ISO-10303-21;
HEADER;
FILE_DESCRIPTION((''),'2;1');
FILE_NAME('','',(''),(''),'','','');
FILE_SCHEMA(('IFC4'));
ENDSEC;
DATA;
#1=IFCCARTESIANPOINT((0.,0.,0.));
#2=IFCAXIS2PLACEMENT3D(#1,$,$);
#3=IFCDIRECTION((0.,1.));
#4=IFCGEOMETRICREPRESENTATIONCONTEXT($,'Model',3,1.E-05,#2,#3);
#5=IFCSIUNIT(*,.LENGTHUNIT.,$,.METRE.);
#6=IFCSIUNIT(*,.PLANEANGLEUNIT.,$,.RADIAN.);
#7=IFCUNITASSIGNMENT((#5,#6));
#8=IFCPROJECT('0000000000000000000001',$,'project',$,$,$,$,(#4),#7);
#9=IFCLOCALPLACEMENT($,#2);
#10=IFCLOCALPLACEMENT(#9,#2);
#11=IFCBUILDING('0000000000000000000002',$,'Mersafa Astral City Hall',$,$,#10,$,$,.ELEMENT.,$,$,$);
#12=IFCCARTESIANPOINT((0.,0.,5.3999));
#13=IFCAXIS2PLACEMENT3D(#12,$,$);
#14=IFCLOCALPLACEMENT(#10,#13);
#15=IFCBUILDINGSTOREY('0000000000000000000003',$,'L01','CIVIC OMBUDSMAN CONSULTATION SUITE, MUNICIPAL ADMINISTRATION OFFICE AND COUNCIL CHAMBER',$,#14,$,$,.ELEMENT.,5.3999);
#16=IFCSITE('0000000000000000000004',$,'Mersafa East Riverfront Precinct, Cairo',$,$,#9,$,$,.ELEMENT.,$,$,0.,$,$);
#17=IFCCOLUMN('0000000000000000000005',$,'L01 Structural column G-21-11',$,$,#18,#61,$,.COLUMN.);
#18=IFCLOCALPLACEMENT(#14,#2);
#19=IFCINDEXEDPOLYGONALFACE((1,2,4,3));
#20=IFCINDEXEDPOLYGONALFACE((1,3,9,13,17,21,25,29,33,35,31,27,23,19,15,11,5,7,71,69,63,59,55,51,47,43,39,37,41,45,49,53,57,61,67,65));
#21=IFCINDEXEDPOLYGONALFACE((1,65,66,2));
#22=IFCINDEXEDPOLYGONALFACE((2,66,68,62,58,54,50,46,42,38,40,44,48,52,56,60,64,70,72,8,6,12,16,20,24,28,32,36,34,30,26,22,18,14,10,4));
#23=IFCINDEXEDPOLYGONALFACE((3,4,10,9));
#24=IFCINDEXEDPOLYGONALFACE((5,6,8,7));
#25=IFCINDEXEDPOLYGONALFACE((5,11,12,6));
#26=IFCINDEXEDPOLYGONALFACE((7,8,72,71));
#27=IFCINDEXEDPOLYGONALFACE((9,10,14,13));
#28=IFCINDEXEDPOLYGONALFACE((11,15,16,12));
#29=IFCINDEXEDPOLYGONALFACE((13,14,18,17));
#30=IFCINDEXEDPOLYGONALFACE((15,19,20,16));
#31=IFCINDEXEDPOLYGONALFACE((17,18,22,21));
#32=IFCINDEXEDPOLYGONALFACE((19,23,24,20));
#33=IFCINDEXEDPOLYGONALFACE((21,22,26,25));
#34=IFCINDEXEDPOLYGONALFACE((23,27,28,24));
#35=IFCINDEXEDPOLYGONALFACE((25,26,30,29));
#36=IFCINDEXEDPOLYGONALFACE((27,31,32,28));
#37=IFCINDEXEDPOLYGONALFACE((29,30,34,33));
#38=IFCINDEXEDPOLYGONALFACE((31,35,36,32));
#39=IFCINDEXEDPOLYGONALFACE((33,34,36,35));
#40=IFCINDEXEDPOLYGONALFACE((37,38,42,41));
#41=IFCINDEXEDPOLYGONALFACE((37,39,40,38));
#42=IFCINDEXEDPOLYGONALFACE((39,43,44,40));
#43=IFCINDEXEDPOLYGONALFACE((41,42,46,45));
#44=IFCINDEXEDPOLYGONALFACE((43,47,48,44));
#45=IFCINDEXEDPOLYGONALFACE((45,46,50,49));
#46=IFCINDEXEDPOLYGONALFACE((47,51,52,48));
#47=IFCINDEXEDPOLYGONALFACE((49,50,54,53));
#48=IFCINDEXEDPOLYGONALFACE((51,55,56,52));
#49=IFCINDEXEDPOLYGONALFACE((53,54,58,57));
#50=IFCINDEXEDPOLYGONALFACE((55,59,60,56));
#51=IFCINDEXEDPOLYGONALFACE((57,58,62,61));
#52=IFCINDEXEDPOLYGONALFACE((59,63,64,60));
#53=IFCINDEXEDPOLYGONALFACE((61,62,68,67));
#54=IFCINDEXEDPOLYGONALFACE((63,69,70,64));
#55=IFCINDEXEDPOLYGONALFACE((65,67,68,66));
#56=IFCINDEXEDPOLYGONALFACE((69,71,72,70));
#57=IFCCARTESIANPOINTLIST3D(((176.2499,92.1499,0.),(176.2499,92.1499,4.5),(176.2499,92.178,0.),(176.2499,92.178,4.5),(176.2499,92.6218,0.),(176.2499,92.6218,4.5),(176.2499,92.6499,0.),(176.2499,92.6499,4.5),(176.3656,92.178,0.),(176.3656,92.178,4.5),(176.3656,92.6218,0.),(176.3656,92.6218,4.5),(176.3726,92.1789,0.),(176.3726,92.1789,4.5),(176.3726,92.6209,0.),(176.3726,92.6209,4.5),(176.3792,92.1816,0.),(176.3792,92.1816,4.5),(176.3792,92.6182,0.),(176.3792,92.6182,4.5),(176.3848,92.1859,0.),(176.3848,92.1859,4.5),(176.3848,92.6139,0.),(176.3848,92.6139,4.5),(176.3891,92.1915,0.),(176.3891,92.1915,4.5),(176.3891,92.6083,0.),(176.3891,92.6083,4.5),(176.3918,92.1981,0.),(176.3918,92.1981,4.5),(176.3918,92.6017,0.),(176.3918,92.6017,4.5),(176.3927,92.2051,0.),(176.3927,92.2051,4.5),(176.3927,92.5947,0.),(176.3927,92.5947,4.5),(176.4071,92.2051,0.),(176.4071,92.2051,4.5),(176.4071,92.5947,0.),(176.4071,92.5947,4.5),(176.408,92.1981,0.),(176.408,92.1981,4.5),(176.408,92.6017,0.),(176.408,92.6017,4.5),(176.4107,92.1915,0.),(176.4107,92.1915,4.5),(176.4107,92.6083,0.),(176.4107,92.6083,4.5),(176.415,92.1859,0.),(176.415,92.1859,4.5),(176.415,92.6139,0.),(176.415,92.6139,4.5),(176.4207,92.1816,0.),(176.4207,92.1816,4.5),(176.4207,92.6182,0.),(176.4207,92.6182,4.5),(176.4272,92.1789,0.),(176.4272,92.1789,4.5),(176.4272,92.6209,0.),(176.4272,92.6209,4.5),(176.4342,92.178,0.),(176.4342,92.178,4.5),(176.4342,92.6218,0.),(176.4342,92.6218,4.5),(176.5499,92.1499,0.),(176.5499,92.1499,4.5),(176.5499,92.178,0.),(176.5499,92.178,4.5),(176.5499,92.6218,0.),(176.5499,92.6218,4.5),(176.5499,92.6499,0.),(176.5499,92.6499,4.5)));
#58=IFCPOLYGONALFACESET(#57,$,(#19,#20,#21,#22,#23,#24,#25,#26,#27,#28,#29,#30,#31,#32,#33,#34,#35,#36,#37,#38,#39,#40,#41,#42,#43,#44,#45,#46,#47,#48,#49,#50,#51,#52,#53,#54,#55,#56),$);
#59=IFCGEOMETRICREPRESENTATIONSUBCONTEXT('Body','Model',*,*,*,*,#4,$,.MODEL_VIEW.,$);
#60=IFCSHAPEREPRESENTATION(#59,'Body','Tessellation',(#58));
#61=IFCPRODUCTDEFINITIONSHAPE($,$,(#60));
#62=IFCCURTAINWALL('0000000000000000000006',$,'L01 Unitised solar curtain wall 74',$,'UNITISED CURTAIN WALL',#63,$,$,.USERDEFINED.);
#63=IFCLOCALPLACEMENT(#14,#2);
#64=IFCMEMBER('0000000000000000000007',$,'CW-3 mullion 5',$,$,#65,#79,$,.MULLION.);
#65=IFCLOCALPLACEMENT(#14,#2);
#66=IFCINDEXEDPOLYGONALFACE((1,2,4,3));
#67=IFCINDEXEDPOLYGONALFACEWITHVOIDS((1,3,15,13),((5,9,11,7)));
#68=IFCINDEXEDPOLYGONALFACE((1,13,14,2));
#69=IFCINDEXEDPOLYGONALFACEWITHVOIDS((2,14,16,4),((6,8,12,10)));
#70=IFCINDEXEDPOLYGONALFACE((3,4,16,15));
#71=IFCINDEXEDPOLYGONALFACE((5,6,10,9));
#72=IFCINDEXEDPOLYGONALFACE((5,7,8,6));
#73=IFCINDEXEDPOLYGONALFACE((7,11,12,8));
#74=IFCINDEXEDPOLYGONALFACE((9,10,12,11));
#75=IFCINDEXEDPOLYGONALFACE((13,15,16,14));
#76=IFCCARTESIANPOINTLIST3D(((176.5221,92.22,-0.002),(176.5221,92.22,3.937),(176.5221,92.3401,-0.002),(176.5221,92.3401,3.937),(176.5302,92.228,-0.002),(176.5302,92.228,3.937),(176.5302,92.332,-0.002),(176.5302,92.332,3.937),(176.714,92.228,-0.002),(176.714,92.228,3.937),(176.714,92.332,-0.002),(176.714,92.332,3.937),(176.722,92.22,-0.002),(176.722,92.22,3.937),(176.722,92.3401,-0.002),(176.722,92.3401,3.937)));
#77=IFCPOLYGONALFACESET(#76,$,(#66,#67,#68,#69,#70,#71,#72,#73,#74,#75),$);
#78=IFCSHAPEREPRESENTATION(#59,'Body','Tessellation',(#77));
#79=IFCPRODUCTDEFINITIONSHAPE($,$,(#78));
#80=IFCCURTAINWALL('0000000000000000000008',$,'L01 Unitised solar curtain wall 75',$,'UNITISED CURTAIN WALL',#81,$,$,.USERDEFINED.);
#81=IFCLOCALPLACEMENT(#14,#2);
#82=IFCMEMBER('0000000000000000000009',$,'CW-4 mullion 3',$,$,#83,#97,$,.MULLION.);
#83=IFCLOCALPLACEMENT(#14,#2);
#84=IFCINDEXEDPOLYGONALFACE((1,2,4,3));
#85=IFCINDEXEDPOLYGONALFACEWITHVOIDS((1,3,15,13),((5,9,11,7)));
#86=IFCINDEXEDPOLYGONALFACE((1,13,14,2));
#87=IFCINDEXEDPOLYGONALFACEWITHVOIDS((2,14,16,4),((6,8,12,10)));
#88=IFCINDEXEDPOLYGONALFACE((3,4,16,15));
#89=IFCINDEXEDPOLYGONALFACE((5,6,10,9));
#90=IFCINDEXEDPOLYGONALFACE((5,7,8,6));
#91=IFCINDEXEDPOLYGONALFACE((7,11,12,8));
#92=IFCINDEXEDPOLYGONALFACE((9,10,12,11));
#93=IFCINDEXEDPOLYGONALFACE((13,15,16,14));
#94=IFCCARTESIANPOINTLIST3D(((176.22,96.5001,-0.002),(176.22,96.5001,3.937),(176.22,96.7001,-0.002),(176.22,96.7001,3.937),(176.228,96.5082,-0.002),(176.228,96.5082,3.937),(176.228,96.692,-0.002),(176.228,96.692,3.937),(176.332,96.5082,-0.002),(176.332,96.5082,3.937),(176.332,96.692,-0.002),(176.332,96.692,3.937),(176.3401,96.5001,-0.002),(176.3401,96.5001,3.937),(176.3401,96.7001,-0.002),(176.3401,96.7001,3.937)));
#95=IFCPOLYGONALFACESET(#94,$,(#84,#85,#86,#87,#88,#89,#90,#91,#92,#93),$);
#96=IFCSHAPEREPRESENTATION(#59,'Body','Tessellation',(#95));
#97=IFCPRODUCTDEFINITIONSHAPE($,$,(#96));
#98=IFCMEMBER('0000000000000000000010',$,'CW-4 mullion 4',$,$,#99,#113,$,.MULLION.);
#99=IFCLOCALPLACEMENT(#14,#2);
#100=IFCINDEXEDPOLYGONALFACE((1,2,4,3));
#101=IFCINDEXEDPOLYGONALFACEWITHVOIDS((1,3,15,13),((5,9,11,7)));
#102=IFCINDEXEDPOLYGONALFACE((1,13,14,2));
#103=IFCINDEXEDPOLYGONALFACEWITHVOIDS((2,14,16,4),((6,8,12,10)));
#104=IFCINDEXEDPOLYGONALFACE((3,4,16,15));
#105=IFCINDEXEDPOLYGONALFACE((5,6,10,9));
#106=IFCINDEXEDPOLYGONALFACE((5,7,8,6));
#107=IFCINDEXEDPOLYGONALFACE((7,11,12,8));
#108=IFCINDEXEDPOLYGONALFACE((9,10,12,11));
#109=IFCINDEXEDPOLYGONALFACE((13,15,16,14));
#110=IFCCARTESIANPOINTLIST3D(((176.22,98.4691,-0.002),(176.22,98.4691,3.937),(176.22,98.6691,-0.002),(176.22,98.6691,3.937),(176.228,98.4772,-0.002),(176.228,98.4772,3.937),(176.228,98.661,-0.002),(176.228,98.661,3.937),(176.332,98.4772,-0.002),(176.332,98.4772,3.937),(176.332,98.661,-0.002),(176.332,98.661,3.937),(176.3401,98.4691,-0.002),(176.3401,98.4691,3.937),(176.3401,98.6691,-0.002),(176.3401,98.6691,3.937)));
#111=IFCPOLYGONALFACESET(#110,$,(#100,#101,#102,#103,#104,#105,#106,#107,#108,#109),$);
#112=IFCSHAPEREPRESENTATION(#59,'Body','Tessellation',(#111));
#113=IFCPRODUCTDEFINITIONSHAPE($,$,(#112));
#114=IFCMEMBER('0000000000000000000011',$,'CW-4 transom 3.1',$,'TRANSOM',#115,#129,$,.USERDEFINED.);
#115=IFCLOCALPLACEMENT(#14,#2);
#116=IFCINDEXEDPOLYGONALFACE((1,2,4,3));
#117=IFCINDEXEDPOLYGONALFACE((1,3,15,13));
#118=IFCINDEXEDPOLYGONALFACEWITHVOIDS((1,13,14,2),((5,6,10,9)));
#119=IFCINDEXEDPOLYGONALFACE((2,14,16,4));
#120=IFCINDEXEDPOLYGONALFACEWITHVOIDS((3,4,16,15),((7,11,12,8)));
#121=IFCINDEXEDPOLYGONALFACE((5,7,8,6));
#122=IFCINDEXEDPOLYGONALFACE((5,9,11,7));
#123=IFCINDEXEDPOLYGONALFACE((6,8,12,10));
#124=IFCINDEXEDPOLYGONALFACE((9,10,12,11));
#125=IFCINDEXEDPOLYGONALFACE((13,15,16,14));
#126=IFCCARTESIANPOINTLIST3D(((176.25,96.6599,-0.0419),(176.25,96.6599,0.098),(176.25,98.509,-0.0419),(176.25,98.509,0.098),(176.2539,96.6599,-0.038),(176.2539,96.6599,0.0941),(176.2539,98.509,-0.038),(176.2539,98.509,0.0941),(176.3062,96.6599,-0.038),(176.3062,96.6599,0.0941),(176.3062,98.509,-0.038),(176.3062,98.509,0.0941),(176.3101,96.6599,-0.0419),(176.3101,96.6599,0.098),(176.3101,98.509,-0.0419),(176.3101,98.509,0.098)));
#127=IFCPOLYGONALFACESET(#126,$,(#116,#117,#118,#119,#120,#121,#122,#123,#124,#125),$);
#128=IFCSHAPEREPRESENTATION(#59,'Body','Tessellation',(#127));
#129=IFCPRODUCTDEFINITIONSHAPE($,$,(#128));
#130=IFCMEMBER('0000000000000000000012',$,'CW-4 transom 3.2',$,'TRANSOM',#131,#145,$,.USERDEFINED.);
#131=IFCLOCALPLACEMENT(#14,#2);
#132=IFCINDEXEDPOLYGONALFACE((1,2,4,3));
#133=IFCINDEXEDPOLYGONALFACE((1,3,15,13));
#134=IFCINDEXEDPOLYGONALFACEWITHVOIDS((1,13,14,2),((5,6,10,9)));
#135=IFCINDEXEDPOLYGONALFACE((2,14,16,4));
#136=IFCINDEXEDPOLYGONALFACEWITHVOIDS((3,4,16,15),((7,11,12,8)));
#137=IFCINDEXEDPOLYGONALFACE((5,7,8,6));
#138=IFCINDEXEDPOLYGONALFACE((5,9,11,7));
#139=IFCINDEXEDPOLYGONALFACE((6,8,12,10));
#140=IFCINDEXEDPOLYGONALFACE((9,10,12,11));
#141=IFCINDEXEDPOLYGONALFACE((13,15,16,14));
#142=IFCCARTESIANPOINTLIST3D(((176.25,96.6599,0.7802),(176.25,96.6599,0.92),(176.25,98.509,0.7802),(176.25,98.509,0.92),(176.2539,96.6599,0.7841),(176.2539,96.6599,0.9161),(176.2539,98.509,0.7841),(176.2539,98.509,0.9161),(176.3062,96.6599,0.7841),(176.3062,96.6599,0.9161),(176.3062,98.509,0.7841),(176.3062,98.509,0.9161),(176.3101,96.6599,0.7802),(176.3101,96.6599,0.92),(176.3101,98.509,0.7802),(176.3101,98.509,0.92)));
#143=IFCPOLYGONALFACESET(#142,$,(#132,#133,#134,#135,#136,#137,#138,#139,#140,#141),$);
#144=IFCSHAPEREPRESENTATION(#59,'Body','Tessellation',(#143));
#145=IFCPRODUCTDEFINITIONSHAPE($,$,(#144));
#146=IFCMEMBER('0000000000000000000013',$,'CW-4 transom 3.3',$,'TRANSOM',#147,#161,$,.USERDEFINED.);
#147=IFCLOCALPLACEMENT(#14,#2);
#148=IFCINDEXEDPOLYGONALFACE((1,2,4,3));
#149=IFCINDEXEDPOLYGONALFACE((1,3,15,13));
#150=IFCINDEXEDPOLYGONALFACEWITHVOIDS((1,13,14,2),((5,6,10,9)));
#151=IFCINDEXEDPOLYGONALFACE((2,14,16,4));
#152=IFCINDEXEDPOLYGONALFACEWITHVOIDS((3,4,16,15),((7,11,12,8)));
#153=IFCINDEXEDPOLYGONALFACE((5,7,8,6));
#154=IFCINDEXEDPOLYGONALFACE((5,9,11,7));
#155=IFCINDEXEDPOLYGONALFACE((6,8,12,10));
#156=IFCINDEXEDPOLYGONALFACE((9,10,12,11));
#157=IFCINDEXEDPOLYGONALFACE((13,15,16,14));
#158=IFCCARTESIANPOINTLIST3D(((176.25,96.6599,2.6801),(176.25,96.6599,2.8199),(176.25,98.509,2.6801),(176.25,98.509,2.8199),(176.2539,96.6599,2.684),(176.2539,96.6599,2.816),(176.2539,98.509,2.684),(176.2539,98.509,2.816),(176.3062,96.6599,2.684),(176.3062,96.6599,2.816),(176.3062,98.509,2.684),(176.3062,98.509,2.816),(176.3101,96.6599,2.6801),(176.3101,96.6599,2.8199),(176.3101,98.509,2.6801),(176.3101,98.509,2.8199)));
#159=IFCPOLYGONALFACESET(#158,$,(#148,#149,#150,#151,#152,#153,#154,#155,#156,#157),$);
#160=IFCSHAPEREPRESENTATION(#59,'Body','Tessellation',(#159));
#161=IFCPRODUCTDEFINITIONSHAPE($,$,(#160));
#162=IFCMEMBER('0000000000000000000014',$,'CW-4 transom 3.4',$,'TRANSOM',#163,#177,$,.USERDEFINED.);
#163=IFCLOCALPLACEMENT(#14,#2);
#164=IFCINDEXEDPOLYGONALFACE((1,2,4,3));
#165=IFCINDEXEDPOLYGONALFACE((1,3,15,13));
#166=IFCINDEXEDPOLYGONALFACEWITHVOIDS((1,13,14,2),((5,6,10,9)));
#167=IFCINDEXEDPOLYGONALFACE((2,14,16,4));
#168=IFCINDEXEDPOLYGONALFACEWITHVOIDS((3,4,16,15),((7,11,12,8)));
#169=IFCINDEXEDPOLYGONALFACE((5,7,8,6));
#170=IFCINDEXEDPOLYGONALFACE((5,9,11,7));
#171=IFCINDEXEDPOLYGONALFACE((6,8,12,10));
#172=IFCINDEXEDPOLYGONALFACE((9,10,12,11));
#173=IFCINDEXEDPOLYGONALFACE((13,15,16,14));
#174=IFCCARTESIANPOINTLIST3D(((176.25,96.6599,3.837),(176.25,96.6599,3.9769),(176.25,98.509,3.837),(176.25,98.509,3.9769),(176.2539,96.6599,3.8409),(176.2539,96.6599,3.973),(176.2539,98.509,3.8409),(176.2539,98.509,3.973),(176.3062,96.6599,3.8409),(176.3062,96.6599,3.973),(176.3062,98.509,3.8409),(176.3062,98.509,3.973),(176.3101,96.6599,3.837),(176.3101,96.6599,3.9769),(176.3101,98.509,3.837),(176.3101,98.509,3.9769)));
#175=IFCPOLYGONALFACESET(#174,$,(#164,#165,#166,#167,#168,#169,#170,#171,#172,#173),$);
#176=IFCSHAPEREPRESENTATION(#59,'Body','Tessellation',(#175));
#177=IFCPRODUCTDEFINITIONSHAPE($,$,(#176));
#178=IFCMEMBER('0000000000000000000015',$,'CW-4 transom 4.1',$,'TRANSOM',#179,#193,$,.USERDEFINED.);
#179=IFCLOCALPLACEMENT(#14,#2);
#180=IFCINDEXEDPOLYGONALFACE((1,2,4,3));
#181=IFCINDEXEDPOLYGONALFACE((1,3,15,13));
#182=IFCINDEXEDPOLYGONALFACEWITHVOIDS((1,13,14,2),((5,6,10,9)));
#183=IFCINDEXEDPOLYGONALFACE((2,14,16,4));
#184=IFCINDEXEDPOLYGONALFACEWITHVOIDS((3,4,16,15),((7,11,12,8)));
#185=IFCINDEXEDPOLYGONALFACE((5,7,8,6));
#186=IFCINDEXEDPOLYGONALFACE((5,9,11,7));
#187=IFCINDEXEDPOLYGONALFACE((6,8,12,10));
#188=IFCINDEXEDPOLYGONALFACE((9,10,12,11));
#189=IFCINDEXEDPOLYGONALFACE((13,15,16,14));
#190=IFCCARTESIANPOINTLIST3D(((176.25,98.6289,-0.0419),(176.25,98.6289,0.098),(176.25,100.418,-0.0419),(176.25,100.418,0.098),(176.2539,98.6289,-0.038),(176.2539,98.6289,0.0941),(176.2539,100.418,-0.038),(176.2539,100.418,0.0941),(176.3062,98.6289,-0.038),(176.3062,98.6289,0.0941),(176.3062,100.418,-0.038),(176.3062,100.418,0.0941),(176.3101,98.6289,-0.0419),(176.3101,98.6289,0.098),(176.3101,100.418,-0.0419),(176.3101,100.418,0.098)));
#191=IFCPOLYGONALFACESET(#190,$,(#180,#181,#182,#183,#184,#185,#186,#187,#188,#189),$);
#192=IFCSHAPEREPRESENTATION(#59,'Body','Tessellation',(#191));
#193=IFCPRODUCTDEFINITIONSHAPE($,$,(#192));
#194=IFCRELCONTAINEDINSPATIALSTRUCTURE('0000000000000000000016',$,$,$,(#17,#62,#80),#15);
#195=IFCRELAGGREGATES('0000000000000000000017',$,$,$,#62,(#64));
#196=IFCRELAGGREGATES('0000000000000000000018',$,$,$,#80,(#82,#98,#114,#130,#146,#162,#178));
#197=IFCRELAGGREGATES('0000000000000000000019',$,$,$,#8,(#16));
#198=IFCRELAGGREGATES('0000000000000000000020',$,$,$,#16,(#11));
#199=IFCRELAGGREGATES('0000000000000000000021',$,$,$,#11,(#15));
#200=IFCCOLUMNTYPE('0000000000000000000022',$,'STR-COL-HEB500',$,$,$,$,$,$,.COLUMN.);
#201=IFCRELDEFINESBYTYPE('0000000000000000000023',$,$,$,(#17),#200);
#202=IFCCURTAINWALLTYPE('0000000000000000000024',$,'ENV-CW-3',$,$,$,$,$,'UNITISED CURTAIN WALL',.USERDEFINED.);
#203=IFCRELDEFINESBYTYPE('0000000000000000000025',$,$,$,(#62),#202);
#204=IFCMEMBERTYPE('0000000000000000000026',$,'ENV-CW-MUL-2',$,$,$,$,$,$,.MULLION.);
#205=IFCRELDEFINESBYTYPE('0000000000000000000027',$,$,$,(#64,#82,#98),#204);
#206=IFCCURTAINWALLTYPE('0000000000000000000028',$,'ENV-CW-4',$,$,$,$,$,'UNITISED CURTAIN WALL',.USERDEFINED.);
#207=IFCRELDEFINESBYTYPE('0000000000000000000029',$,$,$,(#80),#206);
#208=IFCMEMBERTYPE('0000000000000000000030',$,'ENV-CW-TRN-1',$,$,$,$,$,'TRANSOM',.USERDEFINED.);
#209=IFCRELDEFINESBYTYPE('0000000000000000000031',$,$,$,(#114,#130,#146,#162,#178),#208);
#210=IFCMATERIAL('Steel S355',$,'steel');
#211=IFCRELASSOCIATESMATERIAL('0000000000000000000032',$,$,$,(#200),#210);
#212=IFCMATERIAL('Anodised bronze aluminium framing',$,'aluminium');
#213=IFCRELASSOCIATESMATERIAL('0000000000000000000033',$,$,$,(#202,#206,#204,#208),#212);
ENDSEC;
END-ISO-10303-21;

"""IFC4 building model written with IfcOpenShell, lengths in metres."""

from ifc_helpers import new_model, si_unit, direction, frame, origin, origin_2d, place, context, subcontext, project, spatial, hollow_rectangle, i_section, extrude, material, material_profile, profile_set, type_object, element, aggregate, save


model = new_model("IFC4")

# Units and contexts
model_context = context("Model", 3, precision=1e-05, world=origin(), true_north=direction((0.0, 1.0)))
body_context = subcontext(model_context, "Body", "Model", "MODEL_VIEW")
ifc_project = project(units=[si_unit("LENGTHUNIT", "METRE"), si_unit("PLANEANGLEUNIT", "RADIAN")], contexts=[model_context])

# Site, building, storey
site_placement = place(None, origin())
site = spatial("IfcSite", under=ifc_project, at=site_placement, Name="Mersafa East Riverfront Precinct, Cairo", CompositionType="ELEMENT", RefElevation=0.0)
building_placement = place(site_placement, origin())
building = spatial("IfcBuilding", under=site, at=building_placement, Name="Mersafa Astral City Hall", CompositionType="ELEMENT")
storey_placement = place(building_placement, frame((0.0, 0.0, 5.3999)))
storey = spatial("IfcBuildingStorey", under=building, at=storey_placement, Name="L01", Description="CIVIC OMBUDSMAN CONSULTATION SUITE, MUNICIPAL ADMINISTRATION OFFICE AND COUNCIL CHAMBER", CompositionType="ELEMENT", Elevation=5.3999)

# Column
ifc_material_1 = material(Name="Steel S355", Category="steel")
ifc_material_profile_1 = material_profile(ifc_material_1, i_section(OverallWidth=0.3, OverallDepth=0.5, WebThickness=0.0144, FlangeThickness=0.0281, FilletRadius=0.0271, at=origin_2d()), Name="HEB 500")
ifc_profile_set_1 = profile_set([ifc_material_profile_1], Name="Steel S355")
column_type = type_object("IfcColumnType", Name="STR-COL-HEB500", PredefinedType="COLUMN", material=ifc_profile_set_1)
column_placement = place(storey_placement, frame((176.3999, 92.3999, 0.0), z_axis=(0.0, 0.0, 1.0), x_axis=(1.0, 0.0, 0.0)))
element("IfcColumn", 1, at=column_placement, inside=storey, type_object=column_type, Name="L01 Structural column G-21-11", PredefinedType="COLUMN", context=body_context, shape_type="SweptSolid", body=[
    extrude(i_section(OverallWidth=0.3, OverallDepth=0.5, WebThickness=0.0144, FlangeThickness=0.0281, FilletRadius=0.0271, at=origin_2d()), origin(), (0.0, 0.0, 1.0), 4.5),
])

# Curtain wall, member
ifc_material_2 = material(Name="Anodised bronze aluminium framing", Category="aluminium")
curtain_wall_type_1 = type_object("IfcCurtainWallType", Name="ENV-CW-3", ElementType="UNITISED CURTAIN WALL", PredefinedType="USERDEFINED", material=ifc_material_2)
curtain_wall_1_placement = place(storey_placement, origin())
curtain_wall_1 = element("IfcCurtainWall", 2, at=curtain_wall_1_placement, inside=storey, type_object=curtain_wall_type_1, Name="L01 Unitised solar curtain wall 74", ObjectType="UNITISED CURTAIN WALL", PredefinedType="USERDEFINED")
ifc_material_profile_2 = material_profile(ifc_material_2, hollow_rectangle(XDim=0.1201, YDim=0.2, WallThickness=0.0081, at=origin_2d()), Name="RHS 120x200x8")
ifc_profile_set_2 = profile_set([ifc_material_profile_2], Name="Anodised bronze aluminium framing")
member_type_1 = type_object("IfcMemberType", Name="ENV-CW-MUL-2", PredefinedType="MULLION", material=ifc_profile_set_2)
member_1_placement = place(storey_placement, frame((176.6221, 92.28, -0.002), z_axis=(0.0, 0.0, 1.0), x_axis=(0.0, -1.0, 0.0)))
member_1 = element("IfcMember", 3, at=member_1_placement, type_object=member_type_1, Name="CW-3 mullion 5", PredefinedType="MULLION", context=body_context, shape_type="SweptSolid", body=[
    extrude(hollow_rectangle(XDim=0.1201, YDim=0.2, WallThickness=0.0081, at=origin_2d()), origin(), (0.0, 0.0, 1.0), 3.939),
])

# Curtain wall, members
curtain_wall_type_2 = type_object("IfcCurtainWallType", Name="ENV-CW-4", ElementType="UNITISED CURTAIN WALL", PredefinedType="USERDEFINED", material=ifc_material_2)
curtain_wall_2_placement = place(storey_placement, origin())
curtain_wall_2 = element("IfcCurtainWall", 4, at=curtain_wall_2_placement, inside=storey, type_object=curtain_wall_type_2, Name="L01 Unitised solar curtain wall 75", ObjectType="UNITISED CURTAIN WALL", PredefinedType="USERDEFINED")
member_2_placement = place(storey_placement, frame((176.28, 96.6001, -0.002), z_axis=(0.0, 0.0, 1.0), x_axis=(-1.0, 0.0, 0.0)))
member_2 = element("IfcMember", 5, at=member_2_placement, type_object=member_type_1, Name="CW-4 mullion 3", PredefinedType="MULLION", context=body_context, shape_type="SweptSolid", body=[
    extrude(hollow_rectangle(XDim=0.1201, YDim=0.2, WallThickness=0.0081, at=origin_2d()), origin(), (0.0, 0.0, 1.0), 3.939),
])
member_3_placement = place(storey_placement, frame((176.28, 98.5691, -0.002), z_axis=(0.0, 0.0, 1.0), x_axis=(-1.0, 0.0, 0.0)))
member_3 = element("IfcMember", 6, at=member_3_placement, type_object=member_type_1, Name="CW-4 mullion 4", PredefinedType="MULLION", context=body_context, shape_type="SweptSolid", body=[
    extrude(hollow_rectangle(XDim=0.1201, YDim=0.2, WallThickness=0.0081, at=origin_2d()), origin(), (0.0, 0.0, 1.0), 3.939),
])
ifc_material_profile_3 = material_profile(ifc_material_2, hollow_rectangle(XDim=0.0601, YDim=0.1399, WallThickness=0.0039, at=origin_2d()), Name="RHS 60x140x4")
ifc_profile_set_3 = profile_set([ifc_material_profile_3], Name="Anodised bronze aluminium framing")
member_type_2 = type_object("IfcMemberType", Name="ENV-CW-TRN-1", ElementType="TRANSOM", PredefinedType="USERDEFINED", material=ifc_profile_set_3)
member_4_placement = place(storey_placement, frame((176.28, 96.6599, 0.0281), z_axis=(0.0, 1.0, 0.0), x_axis=(-1.0, 0.0, 0.0)))
member_4 = element("IfcMember", 7, at=member_4_placement, type_object=member_type_2, Name="CW-4 transom 3.1", ObjectType="TRANSOM", PredefinedType="USERDEFINED", context=body_context, shape_type="SweptSolid", body=[
    extrude(hollow_rectangle(XDim=0.0601, YDim=0.1399, WallThickness=0.0039, at=origin_2d()), origin(), (0.0, 0.0, 1.0), 1.8491),
])
member_5_placement = place(storey_placement, frame((176.28, 96.6599, 0.8501), z_axis=(0.0, 1.0, 0.0), x_axis=(-1.0, 0.0, 0.0)))
member_5 = element("IfcMember", 8, at=member_5_placement, type_object=member_type_2, Name="CW-4 transom 3.2", ObjectType="TRANSOM", PredefinedType="USERDEFINED", context=body_context, shape_type="SweptSolid", body=[
    extrude(hollow_rectangle(XDim=0.0601, YDim=0.1399, WallThickness=0.0039, at=origin_2d()), origin(), (0.0, 0.0, 1.0), 1.8491),
])
member_6_placement = place(storey_placement, frame((176.28, 96.6599, 2.75), z_axis=(0.0, 1.0, 0.0), x_axis=(-1.0, 0.0, 0.0)))
member_6 = element("IfcMember", 9, at=member_6_placement, type_object=member_type_2, Name="CW-4 transom 3.3", ObjectType="TRANSOM", PredefinedType="USERDEFINED", context=body_context, shape_type="SweptSolid", body=[
    extrude(hollow_rectangle(XDim=0.0601, YDim=0.1399, WallThickness=0.0039, at=origin_2d()), origin(), (0.0, 0.0, 1.0), 1.8491),
])
member_7_placement = place(storey_placement, frame((176.28, 96.6599, 3.907), z_axis=(0.0, 1.0, 0.0), x_axis=(-1.0, 0.0, 0.0)))
member_7 = element("IfcMember", 10, at=member_7_placement, type_object=member_type_2, Name="CW-4 transom 3.4", ObjectType="TRANSOM", PredefinedType="USERDEFINED", context=body_context, shape_type="SweptSolid", body=[
    extrude(hollow_rectangle(XDim=0.0601, YDim=0.1399, WallThickness=0.0039, at=origin_2d()), origin(), (0.0, 0.0, 1.0), 1.8491),
])
member_8_placement = place(storey_placement, frame((176.28, 98.6289, 0.0281), z_axis=(0.0, 1.0, 0.0), x_axis=(-1.0, 0.0, 0.0)))
member_8 = element("IfcMember", 11, at=member_8_placement, type_object=member_type_2, Name="CW-4 transom 4.1", ObjectType="TRANSOM", PredefinedType="USERDEFINED", context=body_context, shape_type="SweptSolid", body=[
    extrude(hollow_rectangle(XDim=0.0601, YDim=0.1399, WallThickness=0.0039, at=origin_2d()), origin(), (0.0, 0.0, 1.0), 1.7891),
])

aggregate(curtain_wall_1, [member_1])
aggregate(curtain_wall_2, [member_2, member_3, member_4, member_5, member_6, member_7, member_8])

save(model, "model.ifc")
